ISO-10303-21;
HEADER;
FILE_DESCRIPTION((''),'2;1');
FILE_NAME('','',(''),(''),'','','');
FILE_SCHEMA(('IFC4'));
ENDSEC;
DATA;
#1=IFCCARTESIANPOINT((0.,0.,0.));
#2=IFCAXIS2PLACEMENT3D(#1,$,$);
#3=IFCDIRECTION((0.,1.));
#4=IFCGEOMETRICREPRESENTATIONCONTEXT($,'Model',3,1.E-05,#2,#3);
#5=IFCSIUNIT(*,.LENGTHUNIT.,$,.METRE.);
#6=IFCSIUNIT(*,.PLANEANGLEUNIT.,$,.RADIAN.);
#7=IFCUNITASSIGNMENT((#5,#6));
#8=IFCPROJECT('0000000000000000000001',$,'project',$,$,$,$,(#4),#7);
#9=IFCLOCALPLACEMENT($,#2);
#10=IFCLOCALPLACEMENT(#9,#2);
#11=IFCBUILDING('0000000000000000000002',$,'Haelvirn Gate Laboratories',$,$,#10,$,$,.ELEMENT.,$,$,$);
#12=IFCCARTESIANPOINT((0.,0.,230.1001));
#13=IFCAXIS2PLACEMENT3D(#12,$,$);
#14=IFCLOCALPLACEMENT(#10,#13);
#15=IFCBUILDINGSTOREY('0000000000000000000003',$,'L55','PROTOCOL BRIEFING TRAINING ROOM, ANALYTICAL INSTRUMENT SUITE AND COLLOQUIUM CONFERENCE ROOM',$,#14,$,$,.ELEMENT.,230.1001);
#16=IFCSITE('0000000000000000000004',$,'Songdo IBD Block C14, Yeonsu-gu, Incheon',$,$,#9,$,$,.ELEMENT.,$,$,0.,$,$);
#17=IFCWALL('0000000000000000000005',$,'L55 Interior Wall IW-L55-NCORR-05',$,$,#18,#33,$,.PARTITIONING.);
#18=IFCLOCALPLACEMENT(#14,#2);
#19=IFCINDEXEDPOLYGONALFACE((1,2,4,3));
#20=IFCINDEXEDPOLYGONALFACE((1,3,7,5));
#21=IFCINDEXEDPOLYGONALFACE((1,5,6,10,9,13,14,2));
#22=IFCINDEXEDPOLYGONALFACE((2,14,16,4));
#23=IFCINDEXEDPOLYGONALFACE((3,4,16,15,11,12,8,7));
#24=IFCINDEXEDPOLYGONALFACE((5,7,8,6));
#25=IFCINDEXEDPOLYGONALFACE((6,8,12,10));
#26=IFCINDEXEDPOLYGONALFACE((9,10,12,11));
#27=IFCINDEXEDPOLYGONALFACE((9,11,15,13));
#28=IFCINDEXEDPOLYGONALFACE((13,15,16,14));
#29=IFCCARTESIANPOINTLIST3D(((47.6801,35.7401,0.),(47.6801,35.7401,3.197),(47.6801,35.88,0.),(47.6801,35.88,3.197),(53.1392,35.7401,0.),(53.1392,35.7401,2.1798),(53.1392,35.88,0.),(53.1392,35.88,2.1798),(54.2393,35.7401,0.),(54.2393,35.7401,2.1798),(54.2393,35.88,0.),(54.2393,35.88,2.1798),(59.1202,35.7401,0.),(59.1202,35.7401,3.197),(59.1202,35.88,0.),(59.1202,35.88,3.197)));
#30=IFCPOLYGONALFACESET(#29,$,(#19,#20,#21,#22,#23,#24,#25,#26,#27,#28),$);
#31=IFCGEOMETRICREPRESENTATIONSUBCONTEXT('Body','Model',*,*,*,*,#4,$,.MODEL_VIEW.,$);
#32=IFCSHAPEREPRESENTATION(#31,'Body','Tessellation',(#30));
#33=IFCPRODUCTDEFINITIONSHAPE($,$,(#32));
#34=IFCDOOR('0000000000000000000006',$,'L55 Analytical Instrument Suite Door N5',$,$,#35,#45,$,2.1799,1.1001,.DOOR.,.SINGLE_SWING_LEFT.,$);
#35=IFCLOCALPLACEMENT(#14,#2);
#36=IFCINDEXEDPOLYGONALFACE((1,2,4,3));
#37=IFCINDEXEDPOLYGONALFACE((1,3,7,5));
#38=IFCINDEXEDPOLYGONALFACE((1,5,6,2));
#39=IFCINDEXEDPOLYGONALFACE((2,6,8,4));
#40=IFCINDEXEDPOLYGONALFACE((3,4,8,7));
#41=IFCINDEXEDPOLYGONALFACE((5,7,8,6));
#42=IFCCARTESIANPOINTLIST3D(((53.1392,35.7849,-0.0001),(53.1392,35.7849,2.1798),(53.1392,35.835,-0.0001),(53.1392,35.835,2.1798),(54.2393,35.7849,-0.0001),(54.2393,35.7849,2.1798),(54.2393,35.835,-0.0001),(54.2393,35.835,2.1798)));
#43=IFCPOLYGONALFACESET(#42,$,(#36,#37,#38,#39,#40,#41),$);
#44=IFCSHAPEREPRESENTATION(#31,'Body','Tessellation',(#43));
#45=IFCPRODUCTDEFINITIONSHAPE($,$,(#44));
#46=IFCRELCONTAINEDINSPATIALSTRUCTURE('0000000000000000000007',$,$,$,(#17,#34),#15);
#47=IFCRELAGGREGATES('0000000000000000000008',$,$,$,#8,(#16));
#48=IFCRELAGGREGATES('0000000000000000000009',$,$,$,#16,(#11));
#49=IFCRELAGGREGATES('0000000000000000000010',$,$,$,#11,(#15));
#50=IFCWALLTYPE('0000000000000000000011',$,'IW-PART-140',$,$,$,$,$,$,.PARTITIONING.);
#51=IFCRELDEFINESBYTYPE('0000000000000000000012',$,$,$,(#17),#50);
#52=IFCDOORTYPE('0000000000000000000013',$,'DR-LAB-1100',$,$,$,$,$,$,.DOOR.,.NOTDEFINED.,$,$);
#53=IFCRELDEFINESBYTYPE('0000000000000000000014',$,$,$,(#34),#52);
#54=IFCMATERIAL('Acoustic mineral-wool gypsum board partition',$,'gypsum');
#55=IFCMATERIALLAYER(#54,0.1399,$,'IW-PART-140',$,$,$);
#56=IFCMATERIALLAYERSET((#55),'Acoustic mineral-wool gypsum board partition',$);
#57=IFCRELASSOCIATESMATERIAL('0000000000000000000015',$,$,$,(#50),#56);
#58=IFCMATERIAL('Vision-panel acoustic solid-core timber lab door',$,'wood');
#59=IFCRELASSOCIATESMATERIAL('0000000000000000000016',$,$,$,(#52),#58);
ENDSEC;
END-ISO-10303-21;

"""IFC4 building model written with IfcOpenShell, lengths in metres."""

from ifc_helpers import new_model, si_unit, direction, frame, frame_2d, origin, place, context, subcontext, project, spatial, rectangle, extrude, source, transform, mapped, material, layer, layer_set, type_object, type_shapes, element, fill, save


model = new_model("IFC4")

# Units and contexts
model_context = context("Model", 3, precision=1e-05, world=origin(), true_north=direction((0.0, 1.0)))
body_context = subcontext(model_context, "Body", "Model", "MODEL_VIEW")
ifc_project = project(units=[si_unit("LENGTHUNIT", "METRE"), si_unit("PLANEANGLEUNIT", "RADIAN")], contexts=[model_context])

# Site, building, storey
site_placement = place(None, origin())
site = spatial("IfcSite", under=ifc_project, at=site_placement, Name="Songdo IBD Block C14, Yeonsu-gu, Incheon", CompositionType="ELEMENT", RefElevation=0.0)
building_placement = place(site_placement, origin())
building = spatial("IfcBuilding", under=site, at=building_placement, Name="Haelvirn Gate Laboratories", CompositionType="ELEMENT")
storey_placement = place(building_placement, frame((0.0, 0.0, 230.1001)))
storey = spatial("IfcBuildingStorey", under=building, at=storey_placement, Name="L55", Description="PROTOCOL BRIEFING TRAINING ROOM, ANALYTICAL INSTRUMENT SUITE AND COLLOQUIUM CONFERENCE ROOM", CompositionType="ELEMENT", Elevation=230.1001)

# Wall, opening, door
ifc_material_1 = material(Name="Acoustic mineral-wool gypsum board partition", Category="gypsum")
ifc_layer_1 = layer(ifc_material_1, 0.1399, Name="IW-PART-140")
ifc_layer_set_1 = layer_set([ifc_layer_1], Name="Acoustic mineral-wool gypsum board partition")
wall_type_1 = type_object("IfcWallType", Name="IW-PART-140", PredefinedType="PARTITIONING", material=ifc_layer_set_1)
ifc_material_2 = material(Name="Vision-panel acoustic solid-core timber lab door", Category="wood")
door_type = type_object("IfcDoorType", Name="DR-LAB-1100", OperationType="NOTDEFINED", PredefinedType="DOOR", material=ifc_material_2)
shared_shape_1 = source(origin(), body_context, "Body", "SweptSolid", [
    extrude(rectangle(XDim=1.1001, YDim=2.1799, at=frame_2d((0.55, 1.0898))), frame((0.0, 0.0249, 0.0), z_axis=(0.0, -1.0, 0.0), x_axis=(1.0, 0.0, 0.0)), (0.0, 0.0, 1.0), 0.05),
])
type_shapes(door_type, [shared_shape_1])
wall_1_placement = place(storey_placement, frame((47.6799, 35.8101, 0.0), z_axis=(0.0, 0.0, 1.0), x_axis=(1.0, 0.0, 0.0)))
wall_1 = element("IfcWall", 1, at=wall_1_placement, inside=storey, type_object=wall_type_1, Name="L55 Interior Wall IW-L55-NCORR-05", PredefinedType="PARTITIONING", context=body_context, shape_type="SweptSolid", body=[
    extrude(rectangle(XDim=11.4402, YDim=0.1399, at=frame_2d((5.7202, 0.0))), origin(), (0.0, 0.0, 1.0), 3.197),
])
opening_1_placement = place(wall_1_placement, frame((5.4592, 0.0, 0.0)))
opening_1 = element("IfcOpeningElement", 2, at=opening_1_placement, cuts=wall_1, PredefinedType="OPENING", context=body_context, shape_type="SweptSolid", body=[
    extrude(rectangle(XDim=1.1001, YDim=2.1799, at=frame_2d((0.55, 1.0898))), frame((0.0, 0.0801, 0.0), z_axis=(0.0, -1.0, 0.0), x_axis=(1.0, 0.0, 0.0)), (0.0, 0.0, 1.0), 0.1599),
])
door_1_placement = place(opening_1_placement, origin())
door_1 = element("IfcDoor", 3, at=door_1_placement, inside=storey, type_object=door_type, Name="L55 Analytical Instrument Suite Door N5", OperationType="SINGLE_SWING_LEFT", OverallHeight=2.1799, OverallWidth=1.1001, PredefinedType="DOOR", context=body_context, shape_type="MappedRepresentation", body=[
    mapped(shared_shape_1, transform((0.0, 0.0, 0.0), scale=1.0)),
])
fill(opening_1, door_1)

save(model, "model.ifc")
